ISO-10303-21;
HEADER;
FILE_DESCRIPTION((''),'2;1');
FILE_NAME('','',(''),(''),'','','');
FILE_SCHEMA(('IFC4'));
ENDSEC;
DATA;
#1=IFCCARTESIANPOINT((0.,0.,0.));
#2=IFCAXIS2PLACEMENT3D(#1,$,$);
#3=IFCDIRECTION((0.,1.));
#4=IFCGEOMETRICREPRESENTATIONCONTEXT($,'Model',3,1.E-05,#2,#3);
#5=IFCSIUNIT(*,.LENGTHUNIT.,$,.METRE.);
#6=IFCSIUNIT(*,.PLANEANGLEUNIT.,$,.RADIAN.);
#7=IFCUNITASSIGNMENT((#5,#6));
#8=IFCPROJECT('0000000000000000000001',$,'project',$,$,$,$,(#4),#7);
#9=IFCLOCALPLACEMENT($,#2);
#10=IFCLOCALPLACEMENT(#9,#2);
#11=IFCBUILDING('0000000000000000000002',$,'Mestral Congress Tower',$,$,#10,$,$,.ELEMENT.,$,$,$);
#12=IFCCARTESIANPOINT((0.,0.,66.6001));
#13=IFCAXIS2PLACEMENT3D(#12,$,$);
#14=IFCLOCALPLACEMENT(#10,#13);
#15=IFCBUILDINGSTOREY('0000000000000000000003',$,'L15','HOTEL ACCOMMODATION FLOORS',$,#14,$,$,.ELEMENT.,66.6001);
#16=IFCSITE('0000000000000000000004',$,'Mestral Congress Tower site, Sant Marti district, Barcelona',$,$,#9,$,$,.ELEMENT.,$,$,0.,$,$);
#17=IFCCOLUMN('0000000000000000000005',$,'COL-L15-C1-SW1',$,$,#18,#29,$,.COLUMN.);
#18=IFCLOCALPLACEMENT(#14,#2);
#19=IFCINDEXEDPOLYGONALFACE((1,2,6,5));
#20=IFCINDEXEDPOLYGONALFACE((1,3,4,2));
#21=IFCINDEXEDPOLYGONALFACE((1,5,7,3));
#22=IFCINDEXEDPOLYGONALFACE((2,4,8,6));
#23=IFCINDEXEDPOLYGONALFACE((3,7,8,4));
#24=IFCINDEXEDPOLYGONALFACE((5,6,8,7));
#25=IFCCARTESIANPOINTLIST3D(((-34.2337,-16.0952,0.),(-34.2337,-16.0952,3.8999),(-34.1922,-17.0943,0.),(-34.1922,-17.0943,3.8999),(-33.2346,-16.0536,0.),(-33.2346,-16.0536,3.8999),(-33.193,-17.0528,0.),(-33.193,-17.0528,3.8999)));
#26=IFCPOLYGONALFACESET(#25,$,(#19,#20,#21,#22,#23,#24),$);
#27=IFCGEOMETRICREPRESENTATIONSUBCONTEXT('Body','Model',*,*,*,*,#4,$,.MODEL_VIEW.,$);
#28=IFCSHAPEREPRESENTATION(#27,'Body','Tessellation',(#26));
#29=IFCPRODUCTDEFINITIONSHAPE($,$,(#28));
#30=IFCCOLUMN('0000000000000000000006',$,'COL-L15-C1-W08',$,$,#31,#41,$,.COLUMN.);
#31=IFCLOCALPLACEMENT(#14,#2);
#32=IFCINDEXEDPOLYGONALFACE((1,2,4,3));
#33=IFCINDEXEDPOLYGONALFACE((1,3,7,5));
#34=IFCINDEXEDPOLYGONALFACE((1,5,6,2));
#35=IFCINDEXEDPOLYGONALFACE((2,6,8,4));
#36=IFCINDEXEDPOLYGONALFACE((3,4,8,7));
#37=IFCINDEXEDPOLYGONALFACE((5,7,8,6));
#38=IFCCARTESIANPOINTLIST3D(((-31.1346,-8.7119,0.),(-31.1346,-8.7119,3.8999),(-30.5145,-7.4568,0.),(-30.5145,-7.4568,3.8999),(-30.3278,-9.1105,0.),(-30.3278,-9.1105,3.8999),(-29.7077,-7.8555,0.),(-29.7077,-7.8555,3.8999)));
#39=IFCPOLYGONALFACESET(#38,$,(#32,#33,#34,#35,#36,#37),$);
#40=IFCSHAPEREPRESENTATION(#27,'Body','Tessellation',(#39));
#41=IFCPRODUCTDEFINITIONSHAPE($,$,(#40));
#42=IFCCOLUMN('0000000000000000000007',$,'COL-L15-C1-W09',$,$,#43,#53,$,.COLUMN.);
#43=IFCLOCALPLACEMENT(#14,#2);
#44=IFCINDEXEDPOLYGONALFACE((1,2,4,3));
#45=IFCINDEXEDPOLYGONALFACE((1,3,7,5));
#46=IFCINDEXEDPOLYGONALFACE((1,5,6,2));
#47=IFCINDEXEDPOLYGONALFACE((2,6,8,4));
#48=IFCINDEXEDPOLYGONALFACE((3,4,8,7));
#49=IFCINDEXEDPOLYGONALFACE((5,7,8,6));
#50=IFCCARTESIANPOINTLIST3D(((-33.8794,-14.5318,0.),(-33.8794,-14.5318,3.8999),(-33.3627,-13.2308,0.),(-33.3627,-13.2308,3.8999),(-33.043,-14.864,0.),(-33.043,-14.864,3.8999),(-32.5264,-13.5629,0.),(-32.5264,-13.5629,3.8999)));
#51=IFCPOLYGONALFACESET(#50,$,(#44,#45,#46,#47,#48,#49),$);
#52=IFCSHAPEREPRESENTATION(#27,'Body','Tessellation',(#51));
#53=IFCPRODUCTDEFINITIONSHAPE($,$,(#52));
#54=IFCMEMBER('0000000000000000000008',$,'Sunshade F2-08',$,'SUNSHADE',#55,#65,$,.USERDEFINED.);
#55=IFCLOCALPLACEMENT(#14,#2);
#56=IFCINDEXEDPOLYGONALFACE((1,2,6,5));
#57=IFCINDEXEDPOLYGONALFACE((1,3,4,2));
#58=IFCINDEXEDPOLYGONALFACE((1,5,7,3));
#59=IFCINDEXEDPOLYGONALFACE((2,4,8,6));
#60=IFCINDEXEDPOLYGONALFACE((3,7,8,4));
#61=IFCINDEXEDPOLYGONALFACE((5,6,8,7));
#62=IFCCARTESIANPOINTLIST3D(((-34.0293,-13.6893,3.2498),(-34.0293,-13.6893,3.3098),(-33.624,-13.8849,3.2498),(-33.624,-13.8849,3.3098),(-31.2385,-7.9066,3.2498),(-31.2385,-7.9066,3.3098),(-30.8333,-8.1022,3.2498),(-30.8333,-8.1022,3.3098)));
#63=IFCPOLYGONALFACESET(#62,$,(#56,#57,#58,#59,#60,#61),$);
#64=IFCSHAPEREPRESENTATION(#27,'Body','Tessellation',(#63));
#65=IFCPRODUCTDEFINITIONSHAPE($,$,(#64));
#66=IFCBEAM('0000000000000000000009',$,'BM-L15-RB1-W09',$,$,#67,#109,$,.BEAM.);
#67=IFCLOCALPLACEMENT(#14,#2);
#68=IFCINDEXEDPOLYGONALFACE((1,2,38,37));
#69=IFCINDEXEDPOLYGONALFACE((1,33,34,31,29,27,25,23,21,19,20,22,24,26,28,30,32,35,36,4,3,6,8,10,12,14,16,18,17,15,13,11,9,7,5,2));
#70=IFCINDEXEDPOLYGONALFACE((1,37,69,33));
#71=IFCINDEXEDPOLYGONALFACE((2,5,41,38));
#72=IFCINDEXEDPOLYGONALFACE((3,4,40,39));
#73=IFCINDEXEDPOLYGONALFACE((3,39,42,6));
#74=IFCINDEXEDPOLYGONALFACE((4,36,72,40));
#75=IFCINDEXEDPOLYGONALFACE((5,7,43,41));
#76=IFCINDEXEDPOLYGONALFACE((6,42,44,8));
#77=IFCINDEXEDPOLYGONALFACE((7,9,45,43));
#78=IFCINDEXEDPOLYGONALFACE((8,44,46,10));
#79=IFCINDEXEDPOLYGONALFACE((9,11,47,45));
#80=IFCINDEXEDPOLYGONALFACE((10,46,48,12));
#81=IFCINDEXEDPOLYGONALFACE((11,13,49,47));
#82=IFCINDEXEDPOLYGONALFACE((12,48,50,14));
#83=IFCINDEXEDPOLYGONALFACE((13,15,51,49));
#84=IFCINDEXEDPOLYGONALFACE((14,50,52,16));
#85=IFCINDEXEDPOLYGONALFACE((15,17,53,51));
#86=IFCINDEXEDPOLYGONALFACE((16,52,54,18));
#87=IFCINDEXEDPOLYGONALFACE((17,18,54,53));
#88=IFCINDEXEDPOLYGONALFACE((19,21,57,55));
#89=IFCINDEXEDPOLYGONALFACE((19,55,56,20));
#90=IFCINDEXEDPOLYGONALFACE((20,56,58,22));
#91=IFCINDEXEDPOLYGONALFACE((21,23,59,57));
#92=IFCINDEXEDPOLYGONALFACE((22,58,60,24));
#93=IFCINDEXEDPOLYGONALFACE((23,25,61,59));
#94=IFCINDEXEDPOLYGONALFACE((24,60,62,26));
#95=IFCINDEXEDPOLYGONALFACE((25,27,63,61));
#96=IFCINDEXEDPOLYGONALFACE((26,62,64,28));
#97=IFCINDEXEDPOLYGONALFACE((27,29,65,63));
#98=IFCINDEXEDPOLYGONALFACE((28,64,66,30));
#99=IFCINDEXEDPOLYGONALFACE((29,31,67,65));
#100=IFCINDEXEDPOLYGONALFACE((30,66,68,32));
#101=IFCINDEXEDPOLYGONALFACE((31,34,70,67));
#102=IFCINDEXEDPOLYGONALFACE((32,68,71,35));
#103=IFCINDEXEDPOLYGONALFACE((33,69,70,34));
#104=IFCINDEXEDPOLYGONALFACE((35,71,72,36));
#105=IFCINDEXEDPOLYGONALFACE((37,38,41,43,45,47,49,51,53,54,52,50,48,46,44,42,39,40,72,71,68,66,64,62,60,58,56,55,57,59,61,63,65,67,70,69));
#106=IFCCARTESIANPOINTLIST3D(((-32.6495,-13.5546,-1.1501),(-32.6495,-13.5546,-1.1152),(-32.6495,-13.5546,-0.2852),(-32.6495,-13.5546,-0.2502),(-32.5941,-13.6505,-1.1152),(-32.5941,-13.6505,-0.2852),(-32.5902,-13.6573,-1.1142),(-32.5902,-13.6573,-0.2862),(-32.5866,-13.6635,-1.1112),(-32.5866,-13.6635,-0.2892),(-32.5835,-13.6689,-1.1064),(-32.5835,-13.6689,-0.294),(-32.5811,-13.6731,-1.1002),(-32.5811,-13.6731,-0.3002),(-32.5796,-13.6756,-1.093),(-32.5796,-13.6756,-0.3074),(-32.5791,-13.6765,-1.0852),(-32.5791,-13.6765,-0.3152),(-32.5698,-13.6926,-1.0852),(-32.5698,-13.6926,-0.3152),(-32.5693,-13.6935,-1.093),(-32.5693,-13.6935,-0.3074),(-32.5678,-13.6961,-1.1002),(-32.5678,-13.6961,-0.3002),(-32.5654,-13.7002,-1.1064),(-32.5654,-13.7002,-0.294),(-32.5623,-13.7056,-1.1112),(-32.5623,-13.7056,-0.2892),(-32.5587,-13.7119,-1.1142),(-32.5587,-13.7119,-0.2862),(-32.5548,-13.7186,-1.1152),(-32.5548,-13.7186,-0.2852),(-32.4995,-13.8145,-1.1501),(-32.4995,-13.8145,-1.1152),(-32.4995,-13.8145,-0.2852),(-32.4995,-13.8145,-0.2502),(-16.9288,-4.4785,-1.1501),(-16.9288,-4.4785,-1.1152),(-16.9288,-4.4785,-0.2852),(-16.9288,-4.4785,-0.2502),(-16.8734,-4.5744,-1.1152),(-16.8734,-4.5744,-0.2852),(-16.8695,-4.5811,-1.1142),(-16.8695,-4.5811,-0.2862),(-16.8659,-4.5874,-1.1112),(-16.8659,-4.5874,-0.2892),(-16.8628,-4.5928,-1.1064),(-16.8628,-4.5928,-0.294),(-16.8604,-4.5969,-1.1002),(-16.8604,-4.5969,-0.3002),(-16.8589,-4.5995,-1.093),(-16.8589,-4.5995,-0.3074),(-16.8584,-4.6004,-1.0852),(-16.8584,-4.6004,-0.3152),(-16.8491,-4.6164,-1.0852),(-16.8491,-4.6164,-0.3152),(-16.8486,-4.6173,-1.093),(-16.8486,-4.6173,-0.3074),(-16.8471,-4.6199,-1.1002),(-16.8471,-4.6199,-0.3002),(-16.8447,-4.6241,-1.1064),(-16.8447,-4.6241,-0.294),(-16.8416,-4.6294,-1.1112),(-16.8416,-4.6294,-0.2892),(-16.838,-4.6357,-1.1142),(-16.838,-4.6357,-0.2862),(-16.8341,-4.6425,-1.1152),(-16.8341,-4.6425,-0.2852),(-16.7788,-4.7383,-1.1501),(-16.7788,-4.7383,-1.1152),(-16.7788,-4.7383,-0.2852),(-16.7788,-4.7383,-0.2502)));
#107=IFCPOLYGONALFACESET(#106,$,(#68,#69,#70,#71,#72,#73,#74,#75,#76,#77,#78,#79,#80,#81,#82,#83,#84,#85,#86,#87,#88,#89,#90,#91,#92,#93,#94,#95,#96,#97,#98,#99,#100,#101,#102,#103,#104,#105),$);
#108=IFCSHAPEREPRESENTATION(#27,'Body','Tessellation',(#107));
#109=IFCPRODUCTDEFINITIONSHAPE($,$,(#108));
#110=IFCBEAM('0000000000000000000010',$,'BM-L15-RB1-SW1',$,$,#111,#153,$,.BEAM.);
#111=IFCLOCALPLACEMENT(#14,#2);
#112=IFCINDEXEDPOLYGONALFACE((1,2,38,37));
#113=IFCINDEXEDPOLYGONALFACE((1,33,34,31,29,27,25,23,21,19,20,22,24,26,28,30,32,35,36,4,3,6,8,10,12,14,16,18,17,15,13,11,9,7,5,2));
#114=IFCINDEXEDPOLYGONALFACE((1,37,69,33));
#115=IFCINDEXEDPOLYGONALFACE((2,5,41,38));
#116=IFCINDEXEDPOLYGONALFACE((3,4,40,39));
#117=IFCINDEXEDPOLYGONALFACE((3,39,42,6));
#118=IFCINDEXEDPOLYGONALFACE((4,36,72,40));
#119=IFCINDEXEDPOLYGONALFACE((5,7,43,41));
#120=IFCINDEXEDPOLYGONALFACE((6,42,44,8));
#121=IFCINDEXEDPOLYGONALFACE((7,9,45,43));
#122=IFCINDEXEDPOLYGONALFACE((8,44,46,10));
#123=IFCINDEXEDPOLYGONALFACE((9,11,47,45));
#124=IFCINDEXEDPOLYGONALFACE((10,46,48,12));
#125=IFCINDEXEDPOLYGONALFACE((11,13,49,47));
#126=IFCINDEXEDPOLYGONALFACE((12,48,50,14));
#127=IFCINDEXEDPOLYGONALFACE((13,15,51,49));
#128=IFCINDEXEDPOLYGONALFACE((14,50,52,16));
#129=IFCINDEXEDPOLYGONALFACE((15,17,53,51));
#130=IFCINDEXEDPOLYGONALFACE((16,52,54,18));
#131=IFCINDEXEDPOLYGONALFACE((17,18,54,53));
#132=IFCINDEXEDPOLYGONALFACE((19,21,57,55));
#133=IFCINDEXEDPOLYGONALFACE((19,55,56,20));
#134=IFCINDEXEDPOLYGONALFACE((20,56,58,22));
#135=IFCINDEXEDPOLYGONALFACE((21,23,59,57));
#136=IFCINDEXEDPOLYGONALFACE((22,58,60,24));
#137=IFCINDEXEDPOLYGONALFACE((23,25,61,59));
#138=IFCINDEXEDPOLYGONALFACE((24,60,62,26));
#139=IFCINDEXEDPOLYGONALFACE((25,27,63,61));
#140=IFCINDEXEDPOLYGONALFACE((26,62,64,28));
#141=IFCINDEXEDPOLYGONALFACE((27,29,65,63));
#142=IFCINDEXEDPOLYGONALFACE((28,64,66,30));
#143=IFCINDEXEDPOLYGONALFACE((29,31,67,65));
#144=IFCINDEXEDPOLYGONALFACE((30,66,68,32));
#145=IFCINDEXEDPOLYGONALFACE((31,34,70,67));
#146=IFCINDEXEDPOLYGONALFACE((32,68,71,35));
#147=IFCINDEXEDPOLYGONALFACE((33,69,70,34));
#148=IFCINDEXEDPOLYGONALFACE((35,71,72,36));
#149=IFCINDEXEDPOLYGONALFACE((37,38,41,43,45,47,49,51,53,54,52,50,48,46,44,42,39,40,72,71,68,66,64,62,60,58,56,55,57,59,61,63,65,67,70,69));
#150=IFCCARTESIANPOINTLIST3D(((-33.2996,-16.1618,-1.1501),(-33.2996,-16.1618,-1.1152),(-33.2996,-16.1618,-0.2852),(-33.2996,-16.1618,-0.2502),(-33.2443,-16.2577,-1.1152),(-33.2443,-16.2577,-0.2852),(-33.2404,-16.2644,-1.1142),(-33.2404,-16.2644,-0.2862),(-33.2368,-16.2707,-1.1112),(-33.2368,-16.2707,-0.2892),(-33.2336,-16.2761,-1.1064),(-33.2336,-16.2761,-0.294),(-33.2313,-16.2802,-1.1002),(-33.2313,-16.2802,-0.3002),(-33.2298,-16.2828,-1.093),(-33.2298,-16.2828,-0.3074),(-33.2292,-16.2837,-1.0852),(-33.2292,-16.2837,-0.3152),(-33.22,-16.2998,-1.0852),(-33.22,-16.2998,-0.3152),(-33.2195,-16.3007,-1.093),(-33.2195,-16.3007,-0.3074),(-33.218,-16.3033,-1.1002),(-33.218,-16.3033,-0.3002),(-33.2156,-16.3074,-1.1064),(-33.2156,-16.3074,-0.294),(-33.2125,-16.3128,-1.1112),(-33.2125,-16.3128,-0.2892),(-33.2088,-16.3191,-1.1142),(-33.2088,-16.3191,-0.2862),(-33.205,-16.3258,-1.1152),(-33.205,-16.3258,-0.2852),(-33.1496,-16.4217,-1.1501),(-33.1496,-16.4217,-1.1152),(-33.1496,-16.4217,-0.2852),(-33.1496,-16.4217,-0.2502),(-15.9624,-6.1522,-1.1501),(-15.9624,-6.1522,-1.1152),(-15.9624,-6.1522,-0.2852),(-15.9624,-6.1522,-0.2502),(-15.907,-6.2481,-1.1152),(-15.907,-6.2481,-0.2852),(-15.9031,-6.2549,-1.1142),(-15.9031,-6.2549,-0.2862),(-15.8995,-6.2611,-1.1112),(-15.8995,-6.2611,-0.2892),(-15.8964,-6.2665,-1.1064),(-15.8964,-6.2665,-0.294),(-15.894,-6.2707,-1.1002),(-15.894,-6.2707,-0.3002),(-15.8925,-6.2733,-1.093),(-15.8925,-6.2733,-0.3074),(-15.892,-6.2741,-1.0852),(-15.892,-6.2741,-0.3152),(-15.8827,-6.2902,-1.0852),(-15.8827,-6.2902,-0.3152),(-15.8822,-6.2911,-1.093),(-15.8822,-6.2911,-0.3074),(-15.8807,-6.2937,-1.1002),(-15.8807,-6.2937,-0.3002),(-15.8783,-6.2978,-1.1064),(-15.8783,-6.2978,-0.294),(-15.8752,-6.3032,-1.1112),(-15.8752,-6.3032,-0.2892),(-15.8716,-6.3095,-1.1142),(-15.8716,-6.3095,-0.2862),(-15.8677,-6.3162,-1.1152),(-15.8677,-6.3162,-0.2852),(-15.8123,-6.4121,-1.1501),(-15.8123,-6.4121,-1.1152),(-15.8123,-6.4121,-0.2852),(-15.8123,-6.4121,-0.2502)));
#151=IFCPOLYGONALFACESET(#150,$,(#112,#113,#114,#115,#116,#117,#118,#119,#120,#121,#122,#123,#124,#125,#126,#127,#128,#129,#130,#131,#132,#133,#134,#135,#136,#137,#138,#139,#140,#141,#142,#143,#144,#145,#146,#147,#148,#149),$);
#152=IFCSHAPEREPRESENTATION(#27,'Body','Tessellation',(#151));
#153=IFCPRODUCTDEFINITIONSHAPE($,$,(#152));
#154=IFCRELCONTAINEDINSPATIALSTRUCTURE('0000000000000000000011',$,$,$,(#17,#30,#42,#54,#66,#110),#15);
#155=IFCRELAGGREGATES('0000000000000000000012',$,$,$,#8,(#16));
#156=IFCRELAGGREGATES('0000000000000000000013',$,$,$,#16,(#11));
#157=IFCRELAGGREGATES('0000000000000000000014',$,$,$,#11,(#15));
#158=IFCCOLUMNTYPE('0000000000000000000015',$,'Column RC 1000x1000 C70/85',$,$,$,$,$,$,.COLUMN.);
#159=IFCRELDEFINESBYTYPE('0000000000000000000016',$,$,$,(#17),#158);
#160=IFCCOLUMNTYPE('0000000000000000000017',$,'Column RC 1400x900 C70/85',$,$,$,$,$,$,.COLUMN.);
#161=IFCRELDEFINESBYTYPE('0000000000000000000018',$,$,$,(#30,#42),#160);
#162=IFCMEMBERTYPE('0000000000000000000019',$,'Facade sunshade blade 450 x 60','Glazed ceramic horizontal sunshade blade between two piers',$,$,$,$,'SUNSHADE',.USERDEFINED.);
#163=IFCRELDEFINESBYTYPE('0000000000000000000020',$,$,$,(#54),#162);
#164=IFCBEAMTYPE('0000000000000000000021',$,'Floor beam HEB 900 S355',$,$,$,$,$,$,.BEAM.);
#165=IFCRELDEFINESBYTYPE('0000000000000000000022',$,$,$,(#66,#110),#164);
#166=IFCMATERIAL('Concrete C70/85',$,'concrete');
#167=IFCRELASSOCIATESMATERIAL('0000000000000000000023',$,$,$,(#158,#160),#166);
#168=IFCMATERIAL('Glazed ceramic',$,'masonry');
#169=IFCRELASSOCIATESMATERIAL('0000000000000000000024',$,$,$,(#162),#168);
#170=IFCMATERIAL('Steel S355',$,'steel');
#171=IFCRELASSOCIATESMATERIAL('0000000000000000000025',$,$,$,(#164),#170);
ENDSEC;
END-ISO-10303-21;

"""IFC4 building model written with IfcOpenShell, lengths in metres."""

from ifc_helpers import new_model, si_unit, direction, frame, origin, origin_2d, place, context, subcontext, project, spatial, rectangle, i_section, extrude, material, material_profile, profile_set, type_object, element, save


model = new_model("IFC4")

# Units and contexts
model_context = context("Model", 3, precision=1e-05, world=origin(), true_north=direction((0.0, 1.0)))
body_context = subcontext(model_context, "Body", "Model", "MODEL_VIEW")
ifc_project = project(units=[si_unit("LENGTHUNIT", "METRE"), si_unit("PLANEANGLEUNIT", "RADIAN")], contexts=[model_context])

# Site, building, storey
site_placement = place(None, origin())
site = spatial("IfcSite", under=ifc_project, at=site_placement, Name="Mestral Congress Tower site, Sant Marti district, Barcelona", CompositionType="ELEMENT", RefElevation=0.0)
building_placement = place(site_placement, origin())
building = spatial("IfcBuilding", under=site, at=building_placement, Name="Mestral Congress Tower", CompositionType="ELEMENT")
storey_placement = place(building_placement, frame((0.0, 0.0, 66.6001)))
storey = spatial("IfcBuildingStorey", under=building, at=storey_placement, Name="L15", Description="HOTEL ACCOMMODATION FLOORS", CompositionType="ELEMENT", Elevation=66.6001)

# Columns
ifc_material_1 = material(Name="Concrete C70/85", Category="concrete")
ifc_material_profile_1 = material_profile(ifc_material_1, rectangle(XDim=1.0, YDim=1.0, at=origin_2d()), Name="RC 1000x1000")
ifc_profile_set_1 = profile_set([ifc_material_profile_1], Name="Concrete C70/85")
column_type_1 = type_object("IfcColumnType", Name="Column RC 1000x1000 C70/85", PredefinedType="COLUMN", material=ifc_profile_set_1)
column_placement = place(storey_placement, frame((-33.7134, -16.574, 0.0), z_axis=(0.0, 0.0, 1.0), x_axis=(0.041583, -0.999135, 0.0)))
element("IfcColumn", 1, at=column_placement, inside=storey, type_object=column_type_1, Name="COL-L15-C1-SW1", PredefinedType="COLUMN", context=body_context, shape_type="SweptSolid", body=[
    extrude(rectangle(XDim=1.0, YDim=1.0, at=origin_2d()), origin(), (0.0, 0.0, 1.0), 3.8999),
])
ifc_material_profile_2 = material_profile(ifc_material_1, rectangle(XDim=1.3999, YDim=0.8999, at=origin_2d()), Name="RC 1400x900")
ifc_profile_set_2 = profile_set([ifc_material_profile_2], Name="Concrete C70/85")
column_type_2 = type_object("IfcColumnType", Name="Column RC 1400x900 C70/85", PredefinedType="COLUMN", material=ifc_profile_set_2)
for number, where, z_axis, x_axis, name in (
    (2, (-30.4211, -8.2837, 0.0), (0.0, 0.0, 1.0), (-0.442959, -0.896542, 0.0), "COL-L15-C1-W08"),
    (3, (-33.2029, -14.0474, 0.0), (0.0, 0.0, 1.0), (-0.36909, -0.929394, 0.0), "COL-L15-C1-W09"),
):
    element("IfcColumn", number, at=place(storey_placement, frame(where, z_axis=z_axis, x_axis=x_axis)), inside=storey, type_object=column_type_2, Name=name, PredefinedType="COLUMN", context=body_context, shape_type="SweptSolid", body=[
        extrude(rectangle(XDim=1.3999, YDim=0.8999, at=origin_2d()), origin(), (0.0, 0.0, 1.0), 3.8999),
    ])

# Member
ifc_material_2 = material(Name="Glazed ceramic", Category="masonry")
ifc_material_profile_3 = material_profile(ifc_material_2, rectangle(XDim=0.45, YDim=0.0601, at=origin_2d()), Name="Ceramic blade 450 x 60")
ifc_profile_set_3 = profile_set([ifc_material_profile_3], Name="Glazed ceramic")
member_type = type_object("IfcMemberType", Name="Facade sunshade blade 450 x 60", Description="Glazed ceramic horizontal sunshade blade between two piers", ElementType="SUNSHADE", PredefinedType="USERDEFINED", material=ifc_profile_set_3)
member_placement = place(storey_placement, frame((-31.0359, -8.0044, 3.2798), z_axis=(-0.434637, -0.900606, 0.0), x_axis=(0.900606, -0.434637, 0.0)))
element("IfcMember", 4, at=member_placement, inside=storey, type_object=member_type, Name="Sunshade F2-08", ObjectType="SUNSHADE", PredefinedType="USERDEFINED", context=body_context, shape_type="SweptSolid", body=[
    extrude(rectangle(XDim=0.45, YDim=0.0601, at=origin_2d()), origin(), (0.0, 0.0, 1.0), 6.4209),
])

# Beams
ifc_material_3 = material(Name="Steel S355", Category="steel")
ifc_material_profile_4 = material_profile(ifc_material_3, i_section(OverallWidth=0.3, OverallDepth=0.8999, WebThickness=0.0186, FlangeThickness=0.0349, FilletRadius=0.03, at=origin_2d()), Name="HEB 900")
ifc_profile_set_4 = profile_set([ifc_material_profile_4], Name="Steel S355")
beam_type_1 = type_object("IfcBeamType", Name="Floor beam HEB 900 S355", PredefinedType="BEAM", material=ifc_profile_set_4)
beam_1_placement = place(storey_placement, frame((-32.5745, -13.6846, -0.7002), z_axis=(0.86603, 0.499993, 0.0), x_axis=(-0.499993, 0.86603, 0.0)))
element("IfcBeam", 5, at=beam_1_placement, inside=storey, type_object=beam_type_1, Name="BM-L15-RB1-W09", PredefinedType="BEAM", context=body_context, shape_type="SweptSolid", body=[
    extrude(i_section(OverallWidth=0.3, OverallDepth=0.8999, WebThickness=0.0186, FlangeThickness=0.0349, FilletRadius=0.03, at=origin_2d()), origin(), (0.0, 0.0, 1.0), 18.1526),
])
beam_2_placement = place(storey_placement, frame((-33.2246, -16.2917, -0.7002), z_axis=(0.866027, 0.499997, 0.0), x_axis=(-0.499997, 0.866027, 0.0)))
element("IfcBeam", 6, at=beam_2_placement, inside=storey, type_object=beam_type_1, Name="BM-L15-RB1-SW1", PredefinedType="BEAM", context=body_context, shape_type="SweptSolid", body=[
    extrude(i_section(OverallWidth=0.3, OverallDepth=0.8999, WebThickness=0.0186, FlangeThickness=0.0349, FilletRadius=0.03, at=origin_2d()), origin(), (0.0, 0.0, 1.0), 20.0193),
])

save(model, "model.ifc")
